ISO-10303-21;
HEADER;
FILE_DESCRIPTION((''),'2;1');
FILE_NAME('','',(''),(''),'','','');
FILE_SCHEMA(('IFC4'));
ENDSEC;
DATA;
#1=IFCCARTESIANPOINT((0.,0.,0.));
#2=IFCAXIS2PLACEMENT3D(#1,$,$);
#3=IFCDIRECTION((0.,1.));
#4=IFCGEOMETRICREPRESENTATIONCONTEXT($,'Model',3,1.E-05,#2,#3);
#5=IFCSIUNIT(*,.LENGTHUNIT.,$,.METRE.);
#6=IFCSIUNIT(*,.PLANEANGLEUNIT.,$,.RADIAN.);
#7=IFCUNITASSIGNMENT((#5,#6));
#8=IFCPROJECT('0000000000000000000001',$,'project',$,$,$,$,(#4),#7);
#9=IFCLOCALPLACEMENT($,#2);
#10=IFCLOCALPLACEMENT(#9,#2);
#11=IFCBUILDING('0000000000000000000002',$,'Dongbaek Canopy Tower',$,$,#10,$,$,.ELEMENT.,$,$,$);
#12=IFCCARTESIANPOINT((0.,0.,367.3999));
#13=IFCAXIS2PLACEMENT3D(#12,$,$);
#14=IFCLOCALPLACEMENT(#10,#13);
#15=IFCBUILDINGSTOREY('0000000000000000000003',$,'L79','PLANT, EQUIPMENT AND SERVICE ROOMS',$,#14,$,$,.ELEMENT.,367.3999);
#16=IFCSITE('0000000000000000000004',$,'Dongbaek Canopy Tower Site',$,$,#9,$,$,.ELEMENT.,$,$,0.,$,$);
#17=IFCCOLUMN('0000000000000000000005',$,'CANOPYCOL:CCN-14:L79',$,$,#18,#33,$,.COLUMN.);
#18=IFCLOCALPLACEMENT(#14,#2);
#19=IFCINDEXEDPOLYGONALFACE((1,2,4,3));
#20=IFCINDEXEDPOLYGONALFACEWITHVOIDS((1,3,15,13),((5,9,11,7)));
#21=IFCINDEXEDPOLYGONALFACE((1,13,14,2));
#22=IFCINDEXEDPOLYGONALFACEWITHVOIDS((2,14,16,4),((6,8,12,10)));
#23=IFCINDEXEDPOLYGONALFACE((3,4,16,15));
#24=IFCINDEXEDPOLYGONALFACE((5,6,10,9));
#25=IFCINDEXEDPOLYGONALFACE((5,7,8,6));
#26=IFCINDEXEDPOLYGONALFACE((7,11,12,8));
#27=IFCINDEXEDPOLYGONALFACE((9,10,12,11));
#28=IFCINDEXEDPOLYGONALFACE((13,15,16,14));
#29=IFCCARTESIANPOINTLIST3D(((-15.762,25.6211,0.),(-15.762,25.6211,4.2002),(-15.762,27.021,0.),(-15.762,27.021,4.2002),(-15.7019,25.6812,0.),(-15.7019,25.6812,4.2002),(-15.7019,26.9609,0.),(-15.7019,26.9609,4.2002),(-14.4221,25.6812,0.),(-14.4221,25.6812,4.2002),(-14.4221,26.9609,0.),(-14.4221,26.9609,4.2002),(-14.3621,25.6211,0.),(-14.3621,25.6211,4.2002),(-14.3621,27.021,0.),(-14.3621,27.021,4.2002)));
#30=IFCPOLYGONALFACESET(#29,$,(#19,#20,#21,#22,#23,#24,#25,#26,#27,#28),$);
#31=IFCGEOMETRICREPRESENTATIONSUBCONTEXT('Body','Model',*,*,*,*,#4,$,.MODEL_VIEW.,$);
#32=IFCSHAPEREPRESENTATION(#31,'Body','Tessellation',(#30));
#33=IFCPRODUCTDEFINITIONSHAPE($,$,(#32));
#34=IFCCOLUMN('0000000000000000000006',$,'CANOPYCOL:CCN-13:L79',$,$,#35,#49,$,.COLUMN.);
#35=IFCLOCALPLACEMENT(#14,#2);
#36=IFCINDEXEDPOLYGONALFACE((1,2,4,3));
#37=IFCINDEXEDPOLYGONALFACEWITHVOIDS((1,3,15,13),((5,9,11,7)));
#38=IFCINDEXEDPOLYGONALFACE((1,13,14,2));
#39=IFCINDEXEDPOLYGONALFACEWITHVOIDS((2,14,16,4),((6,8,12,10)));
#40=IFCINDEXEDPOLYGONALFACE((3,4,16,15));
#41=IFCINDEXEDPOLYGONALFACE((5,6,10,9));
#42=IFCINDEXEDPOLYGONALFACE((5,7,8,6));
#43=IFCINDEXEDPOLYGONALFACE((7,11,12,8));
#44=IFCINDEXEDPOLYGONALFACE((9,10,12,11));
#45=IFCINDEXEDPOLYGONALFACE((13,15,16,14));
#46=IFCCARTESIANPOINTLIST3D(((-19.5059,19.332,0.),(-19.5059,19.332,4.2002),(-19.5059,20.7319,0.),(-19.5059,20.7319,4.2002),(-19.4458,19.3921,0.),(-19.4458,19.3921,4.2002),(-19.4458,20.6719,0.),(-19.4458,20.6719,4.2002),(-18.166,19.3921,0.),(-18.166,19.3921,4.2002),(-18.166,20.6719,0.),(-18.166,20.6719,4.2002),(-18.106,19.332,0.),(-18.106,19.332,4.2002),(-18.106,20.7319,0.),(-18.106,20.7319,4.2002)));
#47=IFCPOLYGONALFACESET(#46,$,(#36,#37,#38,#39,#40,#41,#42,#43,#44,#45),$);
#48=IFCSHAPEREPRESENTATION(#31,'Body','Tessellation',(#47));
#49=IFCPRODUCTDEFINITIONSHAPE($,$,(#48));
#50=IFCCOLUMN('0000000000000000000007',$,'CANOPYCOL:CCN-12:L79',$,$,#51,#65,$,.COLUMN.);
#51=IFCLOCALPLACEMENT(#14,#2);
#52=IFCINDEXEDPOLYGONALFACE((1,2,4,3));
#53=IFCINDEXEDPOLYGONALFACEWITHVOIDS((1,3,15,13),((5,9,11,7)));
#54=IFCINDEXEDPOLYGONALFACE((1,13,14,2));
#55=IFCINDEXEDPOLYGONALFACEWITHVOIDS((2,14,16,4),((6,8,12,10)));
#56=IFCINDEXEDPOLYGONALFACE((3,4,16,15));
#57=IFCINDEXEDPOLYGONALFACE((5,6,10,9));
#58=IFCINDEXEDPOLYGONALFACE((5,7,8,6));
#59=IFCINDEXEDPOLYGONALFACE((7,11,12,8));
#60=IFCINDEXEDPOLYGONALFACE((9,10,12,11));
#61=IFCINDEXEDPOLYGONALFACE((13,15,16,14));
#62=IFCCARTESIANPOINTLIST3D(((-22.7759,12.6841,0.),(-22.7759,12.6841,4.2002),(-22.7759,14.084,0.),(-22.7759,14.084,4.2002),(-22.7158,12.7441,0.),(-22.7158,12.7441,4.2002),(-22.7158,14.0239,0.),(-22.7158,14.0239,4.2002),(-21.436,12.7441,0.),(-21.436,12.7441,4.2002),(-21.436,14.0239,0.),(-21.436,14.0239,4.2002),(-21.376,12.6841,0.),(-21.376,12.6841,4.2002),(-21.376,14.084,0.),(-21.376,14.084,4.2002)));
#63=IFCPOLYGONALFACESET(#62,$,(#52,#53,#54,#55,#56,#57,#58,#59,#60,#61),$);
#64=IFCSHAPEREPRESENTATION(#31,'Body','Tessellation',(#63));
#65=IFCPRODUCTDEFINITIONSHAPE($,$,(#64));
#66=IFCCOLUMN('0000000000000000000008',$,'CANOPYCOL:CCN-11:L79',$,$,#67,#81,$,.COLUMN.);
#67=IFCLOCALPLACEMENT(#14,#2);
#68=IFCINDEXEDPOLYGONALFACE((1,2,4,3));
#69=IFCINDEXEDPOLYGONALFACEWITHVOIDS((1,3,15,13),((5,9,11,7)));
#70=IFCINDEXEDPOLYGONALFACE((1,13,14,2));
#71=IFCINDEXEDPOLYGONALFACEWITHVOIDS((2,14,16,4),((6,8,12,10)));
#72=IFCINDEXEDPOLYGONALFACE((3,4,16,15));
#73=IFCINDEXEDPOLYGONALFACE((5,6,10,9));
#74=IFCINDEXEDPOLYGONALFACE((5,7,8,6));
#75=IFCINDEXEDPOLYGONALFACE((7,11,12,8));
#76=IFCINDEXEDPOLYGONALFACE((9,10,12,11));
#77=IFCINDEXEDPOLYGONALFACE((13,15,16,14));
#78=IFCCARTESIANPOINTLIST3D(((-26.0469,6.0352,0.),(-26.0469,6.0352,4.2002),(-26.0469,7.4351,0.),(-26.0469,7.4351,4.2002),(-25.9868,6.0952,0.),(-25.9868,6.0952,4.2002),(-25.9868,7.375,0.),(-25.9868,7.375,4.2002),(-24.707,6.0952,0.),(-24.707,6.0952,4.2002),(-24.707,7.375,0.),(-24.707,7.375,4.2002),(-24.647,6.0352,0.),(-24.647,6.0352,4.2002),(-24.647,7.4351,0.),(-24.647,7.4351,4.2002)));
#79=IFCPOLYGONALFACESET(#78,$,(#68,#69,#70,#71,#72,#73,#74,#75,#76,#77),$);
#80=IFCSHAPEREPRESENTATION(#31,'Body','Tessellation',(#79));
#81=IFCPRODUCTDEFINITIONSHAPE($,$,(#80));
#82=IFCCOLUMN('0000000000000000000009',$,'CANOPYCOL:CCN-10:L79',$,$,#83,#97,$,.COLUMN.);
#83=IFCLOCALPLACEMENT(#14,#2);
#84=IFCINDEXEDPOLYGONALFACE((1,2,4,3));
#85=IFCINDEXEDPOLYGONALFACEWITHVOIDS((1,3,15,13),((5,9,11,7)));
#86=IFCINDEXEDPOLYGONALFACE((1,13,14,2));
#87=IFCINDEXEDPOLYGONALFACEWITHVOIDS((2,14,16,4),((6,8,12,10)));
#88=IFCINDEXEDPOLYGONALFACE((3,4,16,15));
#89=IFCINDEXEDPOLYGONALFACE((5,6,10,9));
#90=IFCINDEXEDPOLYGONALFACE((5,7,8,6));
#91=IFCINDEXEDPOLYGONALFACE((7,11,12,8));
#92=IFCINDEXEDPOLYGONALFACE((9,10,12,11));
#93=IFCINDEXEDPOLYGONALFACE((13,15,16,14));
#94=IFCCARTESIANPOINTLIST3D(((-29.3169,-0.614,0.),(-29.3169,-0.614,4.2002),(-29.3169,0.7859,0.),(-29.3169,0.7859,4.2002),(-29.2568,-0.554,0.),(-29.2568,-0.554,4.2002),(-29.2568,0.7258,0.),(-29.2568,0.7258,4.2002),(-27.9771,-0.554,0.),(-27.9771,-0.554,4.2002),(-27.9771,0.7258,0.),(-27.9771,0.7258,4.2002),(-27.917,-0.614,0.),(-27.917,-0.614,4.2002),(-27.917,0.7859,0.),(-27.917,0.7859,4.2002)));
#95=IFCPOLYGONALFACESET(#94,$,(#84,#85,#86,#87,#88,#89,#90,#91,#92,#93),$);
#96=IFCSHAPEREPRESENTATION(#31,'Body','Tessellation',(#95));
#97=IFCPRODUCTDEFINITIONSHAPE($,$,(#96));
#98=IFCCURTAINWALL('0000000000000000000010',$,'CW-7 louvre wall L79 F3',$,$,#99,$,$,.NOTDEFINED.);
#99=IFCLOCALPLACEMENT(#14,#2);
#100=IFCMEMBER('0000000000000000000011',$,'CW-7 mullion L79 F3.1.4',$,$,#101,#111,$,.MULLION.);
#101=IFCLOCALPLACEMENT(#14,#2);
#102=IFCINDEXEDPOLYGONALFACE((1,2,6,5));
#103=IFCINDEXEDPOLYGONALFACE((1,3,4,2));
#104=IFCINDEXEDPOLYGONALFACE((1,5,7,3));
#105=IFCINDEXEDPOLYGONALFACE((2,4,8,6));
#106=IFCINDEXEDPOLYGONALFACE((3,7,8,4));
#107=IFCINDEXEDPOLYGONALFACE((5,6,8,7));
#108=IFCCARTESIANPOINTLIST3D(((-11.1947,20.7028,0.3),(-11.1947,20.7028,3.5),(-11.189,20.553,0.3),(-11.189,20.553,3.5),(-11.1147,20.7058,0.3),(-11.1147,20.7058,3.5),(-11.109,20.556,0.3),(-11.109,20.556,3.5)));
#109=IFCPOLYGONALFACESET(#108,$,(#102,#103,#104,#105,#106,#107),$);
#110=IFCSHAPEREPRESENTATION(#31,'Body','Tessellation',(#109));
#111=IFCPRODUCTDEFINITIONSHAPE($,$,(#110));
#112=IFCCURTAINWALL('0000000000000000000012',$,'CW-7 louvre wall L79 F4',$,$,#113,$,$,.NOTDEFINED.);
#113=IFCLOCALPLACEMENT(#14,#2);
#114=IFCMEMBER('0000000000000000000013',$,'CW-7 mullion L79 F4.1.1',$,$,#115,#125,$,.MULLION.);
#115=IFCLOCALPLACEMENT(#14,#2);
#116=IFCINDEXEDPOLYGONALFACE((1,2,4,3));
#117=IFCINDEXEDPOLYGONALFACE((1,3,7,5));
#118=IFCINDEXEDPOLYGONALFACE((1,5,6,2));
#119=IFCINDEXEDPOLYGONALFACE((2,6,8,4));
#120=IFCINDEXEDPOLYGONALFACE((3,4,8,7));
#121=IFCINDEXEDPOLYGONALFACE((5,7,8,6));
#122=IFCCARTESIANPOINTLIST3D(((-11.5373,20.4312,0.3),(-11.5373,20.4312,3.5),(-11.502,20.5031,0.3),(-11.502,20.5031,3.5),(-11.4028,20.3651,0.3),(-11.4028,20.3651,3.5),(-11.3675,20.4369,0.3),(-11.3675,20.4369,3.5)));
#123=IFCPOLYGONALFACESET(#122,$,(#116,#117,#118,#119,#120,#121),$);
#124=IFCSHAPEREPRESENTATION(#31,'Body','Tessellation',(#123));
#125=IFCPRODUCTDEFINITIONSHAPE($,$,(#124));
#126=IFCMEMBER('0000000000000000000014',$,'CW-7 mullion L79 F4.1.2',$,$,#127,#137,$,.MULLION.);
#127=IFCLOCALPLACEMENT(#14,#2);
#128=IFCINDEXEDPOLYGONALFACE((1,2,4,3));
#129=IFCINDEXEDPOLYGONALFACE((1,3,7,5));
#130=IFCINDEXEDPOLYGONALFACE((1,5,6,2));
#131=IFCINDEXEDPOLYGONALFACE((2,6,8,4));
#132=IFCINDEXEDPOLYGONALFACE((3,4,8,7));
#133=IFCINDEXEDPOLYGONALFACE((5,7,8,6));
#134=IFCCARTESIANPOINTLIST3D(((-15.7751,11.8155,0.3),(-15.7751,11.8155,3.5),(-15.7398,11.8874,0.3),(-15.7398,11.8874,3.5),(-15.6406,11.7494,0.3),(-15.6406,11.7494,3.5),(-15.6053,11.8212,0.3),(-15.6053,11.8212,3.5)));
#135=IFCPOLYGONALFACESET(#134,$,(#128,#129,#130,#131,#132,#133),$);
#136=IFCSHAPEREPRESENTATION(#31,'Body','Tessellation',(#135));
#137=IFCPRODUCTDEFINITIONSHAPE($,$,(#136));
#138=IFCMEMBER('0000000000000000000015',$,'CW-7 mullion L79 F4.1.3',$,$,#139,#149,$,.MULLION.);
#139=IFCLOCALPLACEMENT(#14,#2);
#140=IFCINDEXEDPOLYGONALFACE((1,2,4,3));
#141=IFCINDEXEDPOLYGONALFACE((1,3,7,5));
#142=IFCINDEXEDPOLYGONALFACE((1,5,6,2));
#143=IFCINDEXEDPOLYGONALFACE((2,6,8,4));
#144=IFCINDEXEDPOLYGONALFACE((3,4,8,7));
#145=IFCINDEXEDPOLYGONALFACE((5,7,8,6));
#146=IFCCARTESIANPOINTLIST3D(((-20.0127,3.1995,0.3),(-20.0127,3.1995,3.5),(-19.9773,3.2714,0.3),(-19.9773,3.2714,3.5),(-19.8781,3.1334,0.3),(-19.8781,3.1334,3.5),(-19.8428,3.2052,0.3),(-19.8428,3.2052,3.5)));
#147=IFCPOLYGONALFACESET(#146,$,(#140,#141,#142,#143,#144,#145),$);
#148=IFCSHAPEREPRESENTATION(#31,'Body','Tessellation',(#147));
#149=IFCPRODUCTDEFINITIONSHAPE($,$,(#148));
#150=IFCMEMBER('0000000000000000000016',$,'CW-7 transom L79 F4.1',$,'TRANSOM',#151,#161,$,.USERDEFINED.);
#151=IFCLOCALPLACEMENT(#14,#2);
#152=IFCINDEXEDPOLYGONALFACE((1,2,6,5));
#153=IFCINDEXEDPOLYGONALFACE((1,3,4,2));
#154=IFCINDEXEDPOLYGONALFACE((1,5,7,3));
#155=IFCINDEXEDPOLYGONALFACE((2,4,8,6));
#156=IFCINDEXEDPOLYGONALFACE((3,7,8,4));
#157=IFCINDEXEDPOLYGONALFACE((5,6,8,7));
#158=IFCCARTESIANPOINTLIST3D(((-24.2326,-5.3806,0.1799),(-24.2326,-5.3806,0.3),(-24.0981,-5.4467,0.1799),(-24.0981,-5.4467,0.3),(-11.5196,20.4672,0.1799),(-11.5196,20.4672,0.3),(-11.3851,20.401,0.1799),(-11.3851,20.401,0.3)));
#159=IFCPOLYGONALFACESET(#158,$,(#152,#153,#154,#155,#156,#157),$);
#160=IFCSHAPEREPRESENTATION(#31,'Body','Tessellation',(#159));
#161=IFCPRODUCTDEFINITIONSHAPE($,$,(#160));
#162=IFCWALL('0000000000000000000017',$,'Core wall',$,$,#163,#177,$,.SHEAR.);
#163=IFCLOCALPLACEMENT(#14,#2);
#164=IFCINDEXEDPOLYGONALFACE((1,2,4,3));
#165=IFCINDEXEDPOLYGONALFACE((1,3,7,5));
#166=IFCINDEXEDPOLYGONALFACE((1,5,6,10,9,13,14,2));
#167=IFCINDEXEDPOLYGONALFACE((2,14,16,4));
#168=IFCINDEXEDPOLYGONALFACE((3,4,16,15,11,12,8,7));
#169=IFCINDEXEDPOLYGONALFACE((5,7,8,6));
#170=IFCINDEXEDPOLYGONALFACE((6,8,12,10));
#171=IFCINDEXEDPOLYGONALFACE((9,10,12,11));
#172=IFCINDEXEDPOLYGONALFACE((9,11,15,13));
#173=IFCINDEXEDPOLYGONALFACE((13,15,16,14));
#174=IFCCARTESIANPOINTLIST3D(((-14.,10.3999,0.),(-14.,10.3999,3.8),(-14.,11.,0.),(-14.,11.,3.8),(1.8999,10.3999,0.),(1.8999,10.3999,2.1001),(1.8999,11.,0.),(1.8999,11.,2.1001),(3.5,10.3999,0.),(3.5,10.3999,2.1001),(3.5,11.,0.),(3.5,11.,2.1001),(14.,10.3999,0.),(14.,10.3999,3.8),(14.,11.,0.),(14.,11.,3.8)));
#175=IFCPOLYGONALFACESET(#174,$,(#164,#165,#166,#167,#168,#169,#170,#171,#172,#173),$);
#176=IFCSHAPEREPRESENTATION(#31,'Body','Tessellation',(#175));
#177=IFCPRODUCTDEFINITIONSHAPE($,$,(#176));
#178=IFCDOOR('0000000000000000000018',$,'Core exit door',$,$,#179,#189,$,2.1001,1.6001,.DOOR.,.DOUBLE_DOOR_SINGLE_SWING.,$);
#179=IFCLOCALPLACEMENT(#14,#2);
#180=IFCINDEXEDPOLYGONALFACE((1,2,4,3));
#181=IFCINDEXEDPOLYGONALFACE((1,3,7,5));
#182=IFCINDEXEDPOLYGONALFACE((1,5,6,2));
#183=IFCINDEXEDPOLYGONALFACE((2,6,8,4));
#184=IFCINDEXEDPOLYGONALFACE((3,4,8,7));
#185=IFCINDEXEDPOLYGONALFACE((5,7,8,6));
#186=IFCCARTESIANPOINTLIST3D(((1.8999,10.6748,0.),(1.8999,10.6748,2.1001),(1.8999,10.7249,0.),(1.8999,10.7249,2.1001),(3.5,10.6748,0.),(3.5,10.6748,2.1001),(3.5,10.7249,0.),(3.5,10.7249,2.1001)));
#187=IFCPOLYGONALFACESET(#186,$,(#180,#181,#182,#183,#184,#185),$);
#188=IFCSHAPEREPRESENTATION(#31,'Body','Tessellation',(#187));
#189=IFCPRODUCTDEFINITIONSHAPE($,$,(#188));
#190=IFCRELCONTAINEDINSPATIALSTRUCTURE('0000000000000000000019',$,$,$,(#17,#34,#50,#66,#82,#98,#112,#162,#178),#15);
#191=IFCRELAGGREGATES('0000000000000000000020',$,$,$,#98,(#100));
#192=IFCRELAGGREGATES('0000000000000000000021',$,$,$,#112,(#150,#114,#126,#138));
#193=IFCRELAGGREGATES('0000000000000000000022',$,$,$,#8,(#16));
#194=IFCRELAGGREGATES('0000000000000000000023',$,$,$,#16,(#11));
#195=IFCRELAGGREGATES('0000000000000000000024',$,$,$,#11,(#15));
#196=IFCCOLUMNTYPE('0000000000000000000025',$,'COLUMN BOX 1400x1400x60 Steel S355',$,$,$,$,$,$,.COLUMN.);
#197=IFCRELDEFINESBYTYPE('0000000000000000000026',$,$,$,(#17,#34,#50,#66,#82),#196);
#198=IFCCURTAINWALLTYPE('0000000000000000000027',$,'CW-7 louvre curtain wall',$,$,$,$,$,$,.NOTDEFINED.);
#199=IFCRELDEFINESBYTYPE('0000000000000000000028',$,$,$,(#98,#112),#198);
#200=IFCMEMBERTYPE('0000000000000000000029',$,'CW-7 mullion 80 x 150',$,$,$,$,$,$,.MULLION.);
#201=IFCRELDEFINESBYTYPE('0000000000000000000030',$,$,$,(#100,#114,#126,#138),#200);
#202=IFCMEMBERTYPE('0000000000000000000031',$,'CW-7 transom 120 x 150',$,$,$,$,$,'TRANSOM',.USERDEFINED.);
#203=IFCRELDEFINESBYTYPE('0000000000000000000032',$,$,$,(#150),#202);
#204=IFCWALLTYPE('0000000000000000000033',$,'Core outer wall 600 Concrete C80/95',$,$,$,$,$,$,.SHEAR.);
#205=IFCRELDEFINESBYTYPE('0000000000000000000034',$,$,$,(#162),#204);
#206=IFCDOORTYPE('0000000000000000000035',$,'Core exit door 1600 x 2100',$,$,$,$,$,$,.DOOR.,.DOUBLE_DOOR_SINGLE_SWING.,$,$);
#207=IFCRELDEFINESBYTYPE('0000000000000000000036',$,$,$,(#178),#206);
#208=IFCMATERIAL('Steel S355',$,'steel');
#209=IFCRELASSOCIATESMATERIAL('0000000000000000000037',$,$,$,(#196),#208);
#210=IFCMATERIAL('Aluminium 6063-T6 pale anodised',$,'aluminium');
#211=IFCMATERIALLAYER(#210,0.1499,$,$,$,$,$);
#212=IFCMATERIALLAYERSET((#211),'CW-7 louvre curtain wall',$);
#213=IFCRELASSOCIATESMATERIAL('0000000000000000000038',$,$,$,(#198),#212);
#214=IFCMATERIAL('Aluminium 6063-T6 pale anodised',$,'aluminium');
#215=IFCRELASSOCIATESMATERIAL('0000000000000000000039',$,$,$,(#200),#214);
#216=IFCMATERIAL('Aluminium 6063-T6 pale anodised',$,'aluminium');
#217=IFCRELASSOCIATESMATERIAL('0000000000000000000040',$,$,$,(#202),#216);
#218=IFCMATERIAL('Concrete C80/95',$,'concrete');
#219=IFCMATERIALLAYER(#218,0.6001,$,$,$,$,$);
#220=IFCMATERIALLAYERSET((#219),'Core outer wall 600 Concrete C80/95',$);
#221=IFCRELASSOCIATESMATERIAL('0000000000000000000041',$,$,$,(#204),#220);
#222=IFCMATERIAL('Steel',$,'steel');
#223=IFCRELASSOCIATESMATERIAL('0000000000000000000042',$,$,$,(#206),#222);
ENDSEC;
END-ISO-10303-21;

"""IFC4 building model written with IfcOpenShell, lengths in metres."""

from ifc_helpers import new_model, si_unit, direction, frame, frame_2d, origin, origin_2d, place, context, subcontext, project, spatial, rectangle, hollow_rectangle, extrude, material, layer, layer_set, material_profile, profile_set, type_object, element, fill, aggregate, save


model = new_model("IFC4")

# Units and contexts
model_context = context("Model", 3, precision=1e-05, world=origin(), true_north=direction((0.0, 1.0)))
body_context = subcontext(model_context, "Body", "Model", "MODEL_VIEW")
ifc_project = project(units=[si_unit("LENGTHUNIT", "METRE"), si_unit("PLANEANGLEUNIT", "RADIAN")], contexts=[model_context])

# Site, building, storey
site_placement = place(None, origin())
site = spatial("IfcSite", under=ifc_project, at=site_placement, Name="Dongbaek Canopy Tower Site", CompositionType="ELEMENT", RefElevation=0.0)
building_placement = place(site_placement, origin())
building = spatial("IfcBuilding", under=site, at=building_placement, Name="Dongbaek Canopy Tower", CompositionType="ELEMENT")
storey_placement = place(building_placement, frame((0.0, 0.0, 367.3999)))
storey = spatial("IfcBuildingStorey", under=building, at=storey_placement, Name="L79", Description="PLANT, EQUIPMENT AND SERVICE ROOMS", CompositionType="ELEMENT", Elevation=367.3999)

# Columns
ifc_material_1 = material(Name="Steel S355", Category="steel")
ifc_material_profile_1 = material_profile(ifc_material_1, hollow_rectangle(XDim=1.3999, YDim=1.3999, WallThickness=0.0601, at=origin_2d()), Name="COLUMN BOX 1400x1400x60 Steel S355")
ifc_profile_set_1 = profile_set([ifc_material_profile_1], Name="Steel S355")
column_type = type_object("IfcColumnType", Name="COLUMN BOX 1400x1400x60 Steel S355", PredefinedType="COLUMN", material=ifc_profile_set_1)
for number, where, z_axis, x_axis, name in (
    (1, (-15.062, 26.321, 0.0), (0.0, 0.0, 1.0), (1.0, 0.0, 0.0), "CANOPYCOL:CCN-14:L79"),
    (2, (-18.8059, 20.032, 0.0), (0.0, 0.0, 1.0), (1.0, 0.0, 0.0), "CANOPYCOL:CCN-13:L79"),
    (3, (-22.0759, 13.384, 0.0), (0.0, 0.0, 1.0), (1.0, 0.0, 0.0), "CANOPYCOL:CCN-12:L79"),
    (4, (-25.3469, 6.7351, 0.0), (0.0, 0.0, 1.0), (1.0, 0.0, 0.0), "CANOPYCOL:CCN-11:L79"),
    (5, (-28.6169, 0.0859, 0.0), (0.0, 0.0, 1.0), (1.0, 0.0, 0.0), "CANOPYCOL:CCN-10:L79"),
):
    element("IfcColumn", number, at=place(storey_placement, frame(where, z_axis=z_axis, x_axis=x_axis)), inside=storey, type_object=column_type, Name=name, PredefinedType="COLUMN", context=body_context, shape_type="SweptSolid", body=[
        extrude(hollow_rectangle(XDim=1.3999, YDim=1.3999, WallThickness=0.0601, at=origin_2d()), origin(), (0.0, 0.0, 1.0), 4.2002),
    ])

# Curtain wall, member
ifc_material_2 = material(Name="Aluminium 6063-T6 pale anodised", Category="aluminium")
ifc_layer_1 = layer(ifc_material_2, 0.1499)
ifc_layer_set_1 = layer_set([ifc_layer_1], Name="CW-7 louvre curtain wall")
curtain_wall_type = type_object("IfcCurtainWallType", Name="CW-7 louvre curtain wall", PredefinedType="NOTDEFINED", material=ifc_layer_set_1)
curtain_wall_1_placement = place(storey_placement, origin())
curtain_wall_1 = element("IfcCurtainWall", 6, at=curtain_wall_1_placement, inside=storey, type_object=curtain_wall_type, Name="CW-7 louvre wall L79 F3", PredefinedType="NOTDEFINED")
ifc_material_3 = material(Name="Aluminium 6063-T6 pale anodised", Category="aluminium")
ifc_material_profile_2 = material_profile(ifc_material_3, rectangle(XDim=0.1499, YDim=0.0801, at=origin_2d()), Name="CW-7 mullion 80 x 150")
ifc_profile_set_2 = profile_set([ifc_material_profile_2], Name="Aluminium 6063-T6 pale anodised")
member_type_1 = type_object("IfcMemberType", Name="CW-7 mullion 80 x 150", PredefinedType="MULLION", material=ifc_profile_set_2)
member_1_placement = place(storey_placement, frame((-11.1519, 20.6294, 0.3), z_axis=(0.0, 0.0, 1.0), x_axis=(-0.038232, 0.999269, 0.0)))
member_1 = element("IfcMember", 7, at=member_1_placement, type_object=member_type_1, Name="CW-7 mullion L79 F3.1.4", PredefinedType="MULLION", context=body_context, shape_type="SweptSolid", body=[
    extrude(rectangle(XDim=0.1499, YDim=0.0801, at=origin_2d()), origin(), (0.0, 0.0, 1.0), 3.2),
])
aggregate(curtain_wall_1, [member_1])

# Curtain wall, members
curtain_wall_2_placement = place(storey_placement, origin())
curtain_wall_2 = element("IfcCurtainWall", 8, at=curtain_wall_2_placement, inside=storey, type_object=curtain_wall_type, Name="CW-7 louvre wall L79 F4", PredefinedType="NOTDEFINED")
member_2_placement = place(storey_placement, frame((-11.4524, 20.4341, 0.3), z_axis=(0.0, 0.0, 1.0), x_axis=(-0.897339, 0.441342, 0.0)))
member_2 = element("IfcMember", 9, at=member_2_placement, type_object=member_type_1, Name="CW-7 mullion L79 F4.1.1", PredefinedType="MULLION", context=body_context, shape_type="SweptSolid", body=[
    extrude(rectangle(XDim=0.1499, YDim=0.0801, at=origin_2d()), origin(), (0.0, 0.0, 1.0), 3.2),
])
member_3_placement = place(storey_placement, frame((-15.6902, 11.8184, 0.3), z_axis=(0.0, 0.0, 1.0), x_axis=(-0.897339, 0.441342, 0.0)))
member_3 = element("IfcMember", 10, at=member_3_placement, type_object=member_type_1, Name="CW-7 mullion L79 F4.1.2", PredefinedType="MULLION", context=body_context, shape_type="SweptSolid", body=[
    extrude(rectangle(XDim=0.1499, YDim=0.0801, at=origin_2d()), origin(), (0.0, 0.0, 1.0), 3.2),
])
member_4_placement = place(storey_placement, frame((-19.9277, 3.2024, 0.3), z_axis=(0.0, 0.0, 1.0), x_axis=(-0.897339, 0.441342, 0.0)))
member_4 = element("IfcMember", 11, at=member_4_placement, type_object=member_type_1, Name="CW-7 mullion L79 F4.1.3", PredefinedType="MULLION", context=body_context, shape_type="SweptSolid", body=[
    extrude(rectangle(XDim=0.1499, YDim=0.0801, at=origin_2d()), origin(), (0.0, 0.0, 1.0), 3.2),
])
ifc_material_4 = material(Name="Aluminium 6063-T6 pale anodised", Category="aluminium")
ifc_material_profile_3 = material_profile(ifc_material_4, rectangle(XDim=0.1499, YDim=0.1201, at=origin_2d()), Name="CW-7 transom 120 x 150")
ifc_profile_set_3 = profile_set([ifc_material_profile_3], Name="Aluminium 6063-T6 pale anodised")
member_type_2 = type_object("IfcMemberType", Name="CW-7 transom 120 x 150", ElementType="TRANSOM", PredefinedType="USERDEFINED", material=ifc_profile_set_3)
member_5_placement = place(storey_placement, frame((-11.4524, 20.4341, 0.24), z_axis=(-0.441346, -0.897337, 0.0), x_axis=(0.897337, -0.441346, 0.0)))
member_5 = element("IfcMember", 12, at=member_5_placement, type_object=member_type_2, Name="CW-7 transom L79 F4.1", ObjectType="TRANSOM", PredefinedType="USERDEFINED", context=body_context, shape_type="SweptSolid", body=[
    extrude(rectangle(XDim=0.1499, YDim=0.1201, at=origin_2d()), origin(), (0.0, 0.0, 1.0), 28.8049),
])

# Wall, opening, door
ifc_material_5 = material(Name="Concrete C80/95", Category="concrete")
ifc_layer_2 = layer(ifc_material_5, 0.6001)
ifc_layer_set_2 = layer_set([ifc_layer_2], Name="Core outer wall 600 Concrete C80/95")
wall_type_1 = type_object("IfcWallType", Name="Core outer wall 600 Concrete C80/95", PredefinedType="SHEAR", material=ifc_layer_set_2)
wall_1_placement = place(storey_placement, frame((-14.0, 10.7, 0.0), z_axis=(0.0, 0.0, 1.0), x_axis=(1.0, 0.0, 0.0)))
wall_1 = element("IfcWall", 13, at=wall_1_placement, inside=storey, type_object=wall_type_1, Name="Core wall", PredefinedType="SHEAR", context=body_context, shape_type="SweptSolid", body=[
    extrude(rectangle(XDim=28.0, YDim=0.6001, at=frame_2d((14.0, 0.0))), origin(), (0.0, 0.0, 1.0), 3.8),
])
opening_1_placement = place(wall_1_placement, frame((15.8999, 0.0, 0.0)))
opening_1 = element("IfcOpeningElement", 14, at=opening_1_placement, cuts=wall_1, PredefinedType="OPENING", context=body_context, shape_type="SweptSolid", body=[
    extrude(rectangle(XDim=1.6001, YDim=2.1001, at=frame_2d((0.8, 1.05))), frame((0.0, 0.3101, 0.0), z_axis=(0.0, -1.0, 0.0), x_axis=(1.0, 0.0, 0.0)), (0.0, 0.0, 1.0), 0.6201),
])
ifc_material_6 = material(Name="Steel", Category="steel")
door_type_1 = type_object("IfcDoorType", Name="Core exit door 1600 x 2100", OperationType="DOUBLE_DOOR_SINGLE_SWING", PredefinedType="DOOR", material=ifc_material_6)
door_1_placement = place(opening_1_placement, origin())
door_1 = element("IfcDoor", 15, at=door_1_placement, inside=storey, type_object=door_type_1, Name="Core exit door", OperationType="DOUBLE_DOOR_SINGLE_SWING", OverallHeight=2.1001, OverallWidth=1.6001, PredefinedType="DOOR", context=body_context, shape_type="SweptSolid", body=[
    extrude(rectangle(XDim=1.6001, YDim=2.1001, at=frame_2d((0.8, 1.05))), frame((0.0, 0.0249, 0.0), z_axis=(0.0, -1.0, 0.0), x_axis=(1.0, 0.0, 0.0)), (0.0, 0.0, 1.0), 0.05),
])
fill(opening_1, door_1)

aggregate(curtain_wall_2, [member_5, member_2, member_3, member_4])

save(model, "model.ifc")
